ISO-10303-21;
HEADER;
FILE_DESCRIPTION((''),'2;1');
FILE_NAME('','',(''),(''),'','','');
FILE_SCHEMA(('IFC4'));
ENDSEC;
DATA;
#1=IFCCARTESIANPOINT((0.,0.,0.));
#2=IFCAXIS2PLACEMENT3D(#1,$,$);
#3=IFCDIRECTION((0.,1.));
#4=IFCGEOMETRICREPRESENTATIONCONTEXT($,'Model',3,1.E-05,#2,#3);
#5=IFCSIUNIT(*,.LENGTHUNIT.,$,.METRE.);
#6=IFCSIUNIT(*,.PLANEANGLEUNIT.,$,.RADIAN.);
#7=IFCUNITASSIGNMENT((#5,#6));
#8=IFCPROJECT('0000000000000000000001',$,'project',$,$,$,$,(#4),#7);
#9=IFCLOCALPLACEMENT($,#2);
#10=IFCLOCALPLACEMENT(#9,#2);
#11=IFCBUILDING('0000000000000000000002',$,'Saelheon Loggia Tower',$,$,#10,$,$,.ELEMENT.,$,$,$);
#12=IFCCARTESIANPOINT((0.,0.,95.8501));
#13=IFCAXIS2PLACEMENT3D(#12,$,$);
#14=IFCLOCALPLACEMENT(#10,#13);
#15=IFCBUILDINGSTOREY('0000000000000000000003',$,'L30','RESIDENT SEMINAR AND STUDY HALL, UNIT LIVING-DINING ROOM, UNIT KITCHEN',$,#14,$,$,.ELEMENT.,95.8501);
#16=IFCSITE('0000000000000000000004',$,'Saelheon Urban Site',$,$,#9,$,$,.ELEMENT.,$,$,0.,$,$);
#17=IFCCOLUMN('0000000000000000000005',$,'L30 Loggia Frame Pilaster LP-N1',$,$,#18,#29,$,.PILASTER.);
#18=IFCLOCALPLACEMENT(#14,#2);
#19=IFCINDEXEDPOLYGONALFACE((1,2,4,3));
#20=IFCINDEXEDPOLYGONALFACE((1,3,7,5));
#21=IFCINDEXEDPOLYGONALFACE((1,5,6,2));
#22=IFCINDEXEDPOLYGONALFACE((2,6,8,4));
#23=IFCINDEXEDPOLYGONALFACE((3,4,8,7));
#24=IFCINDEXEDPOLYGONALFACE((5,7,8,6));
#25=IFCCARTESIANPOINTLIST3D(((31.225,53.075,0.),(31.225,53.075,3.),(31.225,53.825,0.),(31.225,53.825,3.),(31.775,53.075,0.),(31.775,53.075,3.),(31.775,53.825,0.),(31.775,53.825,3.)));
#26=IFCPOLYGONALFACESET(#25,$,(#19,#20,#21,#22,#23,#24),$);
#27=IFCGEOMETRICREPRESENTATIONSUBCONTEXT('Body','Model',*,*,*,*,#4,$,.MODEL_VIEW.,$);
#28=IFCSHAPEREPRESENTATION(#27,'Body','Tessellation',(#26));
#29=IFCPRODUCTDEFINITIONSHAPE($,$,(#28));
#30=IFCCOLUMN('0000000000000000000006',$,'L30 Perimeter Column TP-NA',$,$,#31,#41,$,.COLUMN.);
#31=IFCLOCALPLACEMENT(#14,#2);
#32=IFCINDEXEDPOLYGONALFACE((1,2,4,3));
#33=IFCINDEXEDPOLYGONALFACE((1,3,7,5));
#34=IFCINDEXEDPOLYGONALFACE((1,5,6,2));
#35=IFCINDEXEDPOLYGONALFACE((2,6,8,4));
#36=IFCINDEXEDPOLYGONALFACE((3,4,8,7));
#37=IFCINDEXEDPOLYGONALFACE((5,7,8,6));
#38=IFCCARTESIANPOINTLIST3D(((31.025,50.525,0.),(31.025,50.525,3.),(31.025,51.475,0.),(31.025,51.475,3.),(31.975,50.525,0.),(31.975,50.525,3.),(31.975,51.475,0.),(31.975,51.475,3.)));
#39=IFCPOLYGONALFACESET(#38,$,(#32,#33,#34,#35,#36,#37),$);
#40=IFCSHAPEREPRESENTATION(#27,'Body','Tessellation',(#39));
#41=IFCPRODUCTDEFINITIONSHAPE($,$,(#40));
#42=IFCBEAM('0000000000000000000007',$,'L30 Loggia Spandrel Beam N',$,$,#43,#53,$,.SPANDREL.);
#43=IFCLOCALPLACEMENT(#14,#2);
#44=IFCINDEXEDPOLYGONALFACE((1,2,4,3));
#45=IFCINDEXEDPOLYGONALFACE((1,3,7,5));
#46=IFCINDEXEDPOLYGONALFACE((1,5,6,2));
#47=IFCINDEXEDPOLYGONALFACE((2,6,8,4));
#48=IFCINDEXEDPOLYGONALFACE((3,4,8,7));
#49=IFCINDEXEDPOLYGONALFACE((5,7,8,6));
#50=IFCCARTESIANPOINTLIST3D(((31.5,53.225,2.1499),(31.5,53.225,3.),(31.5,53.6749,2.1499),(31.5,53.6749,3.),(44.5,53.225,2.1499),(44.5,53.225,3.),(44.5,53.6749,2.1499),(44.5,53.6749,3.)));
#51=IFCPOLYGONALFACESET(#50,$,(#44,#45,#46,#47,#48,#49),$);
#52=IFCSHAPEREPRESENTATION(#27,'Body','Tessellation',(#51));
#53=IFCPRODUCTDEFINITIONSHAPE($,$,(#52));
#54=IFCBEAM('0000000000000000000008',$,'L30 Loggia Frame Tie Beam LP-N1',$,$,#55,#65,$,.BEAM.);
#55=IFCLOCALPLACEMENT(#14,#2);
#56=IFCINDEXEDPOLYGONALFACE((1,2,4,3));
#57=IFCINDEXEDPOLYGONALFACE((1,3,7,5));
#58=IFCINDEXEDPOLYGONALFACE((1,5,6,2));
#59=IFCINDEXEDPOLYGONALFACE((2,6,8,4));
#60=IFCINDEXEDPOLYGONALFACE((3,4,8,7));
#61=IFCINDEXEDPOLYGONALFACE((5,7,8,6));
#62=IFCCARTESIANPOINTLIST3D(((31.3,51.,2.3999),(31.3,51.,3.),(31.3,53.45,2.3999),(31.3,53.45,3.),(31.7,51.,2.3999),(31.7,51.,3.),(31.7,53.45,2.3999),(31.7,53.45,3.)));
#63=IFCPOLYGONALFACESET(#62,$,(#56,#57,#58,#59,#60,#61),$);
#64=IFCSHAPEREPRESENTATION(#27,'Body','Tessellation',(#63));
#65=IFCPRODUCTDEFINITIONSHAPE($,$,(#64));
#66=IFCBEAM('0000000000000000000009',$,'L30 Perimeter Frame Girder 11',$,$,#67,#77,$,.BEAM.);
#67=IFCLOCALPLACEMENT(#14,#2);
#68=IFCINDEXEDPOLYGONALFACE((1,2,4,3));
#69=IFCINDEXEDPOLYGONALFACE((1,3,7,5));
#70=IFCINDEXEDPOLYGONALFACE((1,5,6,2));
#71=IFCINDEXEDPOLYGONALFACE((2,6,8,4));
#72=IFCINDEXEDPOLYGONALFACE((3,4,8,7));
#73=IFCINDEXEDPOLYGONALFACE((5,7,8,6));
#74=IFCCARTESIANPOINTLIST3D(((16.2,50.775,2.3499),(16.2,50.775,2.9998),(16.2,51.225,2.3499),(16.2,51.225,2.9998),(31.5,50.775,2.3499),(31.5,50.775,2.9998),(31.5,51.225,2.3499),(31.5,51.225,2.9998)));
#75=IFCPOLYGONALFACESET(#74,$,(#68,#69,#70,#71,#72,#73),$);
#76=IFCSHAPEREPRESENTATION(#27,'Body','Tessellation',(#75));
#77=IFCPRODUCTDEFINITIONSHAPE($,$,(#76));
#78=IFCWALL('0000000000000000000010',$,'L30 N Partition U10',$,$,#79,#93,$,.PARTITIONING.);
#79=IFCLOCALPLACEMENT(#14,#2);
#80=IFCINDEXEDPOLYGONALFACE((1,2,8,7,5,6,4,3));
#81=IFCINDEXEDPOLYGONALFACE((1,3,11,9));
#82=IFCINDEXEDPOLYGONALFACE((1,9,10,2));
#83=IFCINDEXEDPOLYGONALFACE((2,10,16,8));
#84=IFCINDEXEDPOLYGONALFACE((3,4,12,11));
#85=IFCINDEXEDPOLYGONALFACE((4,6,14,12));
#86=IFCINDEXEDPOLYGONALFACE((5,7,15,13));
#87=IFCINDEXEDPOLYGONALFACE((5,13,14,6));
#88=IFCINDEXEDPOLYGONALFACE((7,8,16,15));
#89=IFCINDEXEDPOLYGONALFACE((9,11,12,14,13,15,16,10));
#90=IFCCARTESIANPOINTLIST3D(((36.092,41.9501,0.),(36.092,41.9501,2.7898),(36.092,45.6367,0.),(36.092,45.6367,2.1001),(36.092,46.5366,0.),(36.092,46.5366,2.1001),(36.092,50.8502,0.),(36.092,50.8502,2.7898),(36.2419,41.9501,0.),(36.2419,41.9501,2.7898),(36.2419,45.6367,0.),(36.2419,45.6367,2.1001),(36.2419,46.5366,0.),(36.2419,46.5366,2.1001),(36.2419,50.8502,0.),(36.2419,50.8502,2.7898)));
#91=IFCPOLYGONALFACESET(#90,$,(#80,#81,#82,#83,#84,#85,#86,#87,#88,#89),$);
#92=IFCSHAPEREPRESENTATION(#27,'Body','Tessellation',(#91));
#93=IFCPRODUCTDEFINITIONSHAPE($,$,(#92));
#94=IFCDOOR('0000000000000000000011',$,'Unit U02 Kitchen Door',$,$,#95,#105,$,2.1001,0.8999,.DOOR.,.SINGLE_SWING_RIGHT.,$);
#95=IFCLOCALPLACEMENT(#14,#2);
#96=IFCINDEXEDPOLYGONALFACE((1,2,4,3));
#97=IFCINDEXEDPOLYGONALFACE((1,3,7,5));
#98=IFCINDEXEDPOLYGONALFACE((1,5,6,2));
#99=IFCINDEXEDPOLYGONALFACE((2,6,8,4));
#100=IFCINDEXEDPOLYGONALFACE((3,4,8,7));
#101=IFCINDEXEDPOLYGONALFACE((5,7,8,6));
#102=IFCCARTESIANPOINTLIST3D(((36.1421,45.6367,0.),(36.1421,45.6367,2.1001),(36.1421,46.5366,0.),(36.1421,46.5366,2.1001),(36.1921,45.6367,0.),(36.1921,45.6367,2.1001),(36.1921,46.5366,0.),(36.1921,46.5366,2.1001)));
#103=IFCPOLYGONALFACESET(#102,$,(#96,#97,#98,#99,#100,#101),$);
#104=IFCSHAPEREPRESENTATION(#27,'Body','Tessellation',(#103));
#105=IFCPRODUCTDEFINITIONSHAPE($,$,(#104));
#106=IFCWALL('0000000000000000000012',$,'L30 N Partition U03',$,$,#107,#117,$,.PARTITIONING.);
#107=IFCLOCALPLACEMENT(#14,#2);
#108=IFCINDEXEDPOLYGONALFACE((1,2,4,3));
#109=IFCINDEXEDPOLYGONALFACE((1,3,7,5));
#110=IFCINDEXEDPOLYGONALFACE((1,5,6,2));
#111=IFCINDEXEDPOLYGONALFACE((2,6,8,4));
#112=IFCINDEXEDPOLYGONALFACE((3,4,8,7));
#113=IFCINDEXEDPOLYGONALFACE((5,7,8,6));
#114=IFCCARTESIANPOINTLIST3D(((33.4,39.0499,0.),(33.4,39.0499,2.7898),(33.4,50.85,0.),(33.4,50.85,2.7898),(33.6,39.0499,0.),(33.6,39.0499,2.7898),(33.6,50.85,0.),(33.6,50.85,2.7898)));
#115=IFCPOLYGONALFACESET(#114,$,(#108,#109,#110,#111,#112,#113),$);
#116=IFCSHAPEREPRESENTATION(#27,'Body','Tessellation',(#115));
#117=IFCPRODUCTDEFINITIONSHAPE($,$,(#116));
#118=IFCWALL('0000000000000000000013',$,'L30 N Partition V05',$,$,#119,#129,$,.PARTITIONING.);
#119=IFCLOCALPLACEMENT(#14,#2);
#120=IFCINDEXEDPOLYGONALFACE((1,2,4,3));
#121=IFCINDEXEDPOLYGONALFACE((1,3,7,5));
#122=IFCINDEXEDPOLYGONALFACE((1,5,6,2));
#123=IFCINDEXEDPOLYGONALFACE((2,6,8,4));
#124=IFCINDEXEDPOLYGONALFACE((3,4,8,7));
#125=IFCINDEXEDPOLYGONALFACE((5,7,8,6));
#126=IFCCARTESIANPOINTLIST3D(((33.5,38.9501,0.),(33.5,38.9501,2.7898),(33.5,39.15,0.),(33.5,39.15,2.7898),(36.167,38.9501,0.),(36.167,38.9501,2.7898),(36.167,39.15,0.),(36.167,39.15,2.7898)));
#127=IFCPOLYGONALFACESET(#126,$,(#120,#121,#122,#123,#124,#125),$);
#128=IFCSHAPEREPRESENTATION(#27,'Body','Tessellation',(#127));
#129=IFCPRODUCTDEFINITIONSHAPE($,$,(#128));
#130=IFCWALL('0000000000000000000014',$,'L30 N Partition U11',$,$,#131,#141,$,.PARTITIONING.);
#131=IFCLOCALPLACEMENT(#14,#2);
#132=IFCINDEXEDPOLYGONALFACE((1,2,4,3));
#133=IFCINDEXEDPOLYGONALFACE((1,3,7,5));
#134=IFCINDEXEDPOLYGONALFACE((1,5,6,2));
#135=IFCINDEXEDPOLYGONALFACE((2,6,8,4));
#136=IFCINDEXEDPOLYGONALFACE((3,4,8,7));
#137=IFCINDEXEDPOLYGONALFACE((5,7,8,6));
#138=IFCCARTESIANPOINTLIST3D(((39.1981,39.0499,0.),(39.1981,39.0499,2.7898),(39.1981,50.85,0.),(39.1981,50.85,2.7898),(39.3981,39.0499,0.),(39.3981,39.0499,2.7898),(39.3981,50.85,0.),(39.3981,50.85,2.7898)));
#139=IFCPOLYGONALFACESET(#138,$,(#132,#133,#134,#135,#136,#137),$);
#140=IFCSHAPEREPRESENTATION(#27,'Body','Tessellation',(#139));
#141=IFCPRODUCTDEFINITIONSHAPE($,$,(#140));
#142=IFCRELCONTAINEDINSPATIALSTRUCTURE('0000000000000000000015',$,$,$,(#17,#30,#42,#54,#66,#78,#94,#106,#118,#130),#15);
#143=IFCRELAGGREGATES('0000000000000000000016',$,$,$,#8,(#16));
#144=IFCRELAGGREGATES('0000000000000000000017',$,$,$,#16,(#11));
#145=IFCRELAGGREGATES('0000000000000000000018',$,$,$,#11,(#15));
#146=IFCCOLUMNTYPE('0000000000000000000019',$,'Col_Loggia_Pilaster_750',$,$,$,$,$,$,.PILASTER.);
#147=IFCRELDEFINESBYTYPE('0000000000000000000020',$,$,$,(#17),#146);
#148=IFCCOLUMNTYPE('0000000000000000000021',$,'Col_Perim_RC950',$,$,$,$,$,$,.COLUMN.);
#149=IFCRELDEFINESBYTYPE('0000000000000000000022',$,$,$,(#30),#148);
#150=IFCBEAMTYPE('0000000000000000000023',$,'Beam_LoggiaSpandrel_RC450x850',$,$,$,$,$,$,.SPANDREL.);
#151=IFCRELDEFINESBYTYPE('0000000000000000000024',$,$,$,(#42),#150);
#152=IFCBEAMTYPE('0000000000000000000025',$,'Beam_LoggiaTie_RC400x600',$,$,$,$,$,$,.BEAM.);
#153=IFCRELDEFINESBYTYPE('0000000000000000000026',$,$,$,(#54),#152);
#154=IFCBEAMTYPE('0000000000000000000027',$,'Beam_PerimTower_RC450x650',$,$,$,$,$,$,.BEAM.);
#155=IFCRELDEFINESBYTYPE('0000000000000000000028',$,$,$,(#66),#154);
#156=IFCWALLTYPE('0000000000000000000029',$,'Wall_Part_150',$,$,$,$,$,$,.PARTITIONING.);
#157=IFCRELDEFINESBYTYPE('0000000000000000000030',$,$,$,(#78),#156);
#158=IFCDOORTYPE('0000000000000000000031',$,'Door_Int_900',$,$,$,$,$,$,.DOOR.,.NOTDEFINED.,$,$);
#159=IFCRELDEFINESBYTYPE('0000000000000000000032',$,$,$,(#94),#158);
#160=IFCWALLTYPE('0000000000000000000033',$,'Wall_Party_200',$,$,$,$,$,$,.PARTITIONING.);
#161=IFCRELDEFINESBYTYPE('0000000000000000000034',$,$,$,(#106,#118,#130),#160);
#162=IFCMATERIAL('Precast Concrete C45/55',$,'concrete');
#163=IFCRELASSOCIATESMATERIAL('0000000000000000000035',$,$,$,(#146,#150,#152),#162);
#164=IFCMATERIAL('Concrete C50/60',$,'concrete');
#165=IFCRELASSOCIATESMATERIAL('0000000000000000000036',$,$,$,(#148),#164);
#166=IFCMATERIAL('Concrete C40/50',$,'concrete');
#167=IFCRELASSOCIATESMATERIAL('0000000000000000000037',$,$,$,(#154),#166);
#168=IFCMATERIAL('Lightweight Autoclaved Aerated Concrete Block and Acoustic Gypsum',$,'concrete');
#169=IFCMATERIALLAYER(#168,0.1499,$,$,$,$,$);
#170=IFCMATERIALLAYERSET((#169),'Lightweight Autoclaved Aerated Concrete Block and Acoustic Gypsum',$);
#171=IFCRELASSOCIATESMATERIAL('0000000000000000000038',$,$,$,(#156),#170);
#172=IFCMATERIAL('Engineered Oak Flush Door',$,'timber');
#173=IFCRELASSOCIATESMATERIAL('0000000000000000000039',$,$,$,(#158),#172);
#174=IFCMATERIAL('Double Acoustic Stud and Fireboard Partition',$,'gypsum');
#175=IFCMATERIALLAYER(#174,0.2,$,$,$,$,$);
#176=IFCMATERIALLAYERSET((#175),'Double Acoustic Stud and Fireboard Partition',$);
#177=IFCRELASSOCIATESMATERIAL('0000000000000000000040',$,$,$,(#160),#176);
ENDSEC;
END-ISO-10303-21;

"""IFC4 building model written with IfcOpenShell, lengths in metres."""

from ifc_helpers import new_model, si_unit, direction, frame, frame_2d, origin, origin_2d, place, context, subcontext, project, spatial, rectangle, extrude, source, transform, mapped, material, layer, layer_set, material_profile, profile_set, type_object, element, fill, save


model = new_model("IFC4")

# Units and contexts
model_context = context("Model", 3, precision=1e-05, world=origin(), true_north=direction((0.0, 1.0)))
body_context = subcontext(model_context, "Body", "Model", "MODEL_VIEW")
ifc_project = project(units=[si_unit("LENGTHUNIT", "METRE"), si_unit("PLANEANGLEUNIT", "RADIAN")], contexts=[model_context])

# Site, building, storey
site_placement = place(None, origin())
site = spatial("IfcSite", under=ifc_project, at=site_placement, Name="Saelheon Urban Site", CompositionType="ELEMENT", RefElevation=0.0)
building_placement = place(site_placement, origin())
building = spatial("IfcBuilding", under=site, at=building_placement, Name="Saelheon Loggia Tower", CompositionType="ELEMENT")
storey_placement = place(building_placement, frame((0.0, 0.0, 95.8501)))
storey = spatial("IfcBuildingStorey", under=building, at=storey_placement, Name="L30", Description="RESIDENT SEMINAR AND STUDY HALL, UNIT LIVING-DINING ROOM, UNIT KITCHEN", CompositionType="ELEMENT", Elevation=95.8501)

# Columns
ifc_material_1 = material(Name="Precast Concrete C45/55", Category="concrete")
ifc_material_profile_1 = material_profile(ifc_material_1, rectangle(XDim=0.55, YDim=0.75, at=origin_2d()), Name="RC-550x750")
ifc_profile_set_1 = profile_set([ifc_material_profile_1], Name="Precast Concrete C45/55")
column_type_1 = type_object("IfcColumnType", Name="Col_Loggia_Pilaster_750", PredefinedType="PILASTER", material=ifc_profile_set_1)
shared_shape_1 = source(origin(), body_context, "Body", "SweptSolid", [
    extrude(rectangle(XDim=0.55, YDim=0.75, at=origin_2d()), origin(), (0.0, 0.0, 1.0), 3.0),
])
column_1_placement = place(storey_placement, frame((31.5, 53.45, 0.0), z_axis=(0.0, 0.0, 1.0), x_axis=(1.0, 0.0, 0.0)))
element("IfcColumn", 1, at=column_1_placement, inside=storey, type_object=column_type_1, Name="L30 Loggia Frame Pilaster LP-N1", PredefinedType="PILASTER", context=body_context, shape_type="MappedRepresentation", body=[
    mapped(shared_shape_1, transform((0.0, 0.0, 0.0), scale=1.0)),
])
ifc_material_2 = material(Name="Concrete C50/60", Category="concrete")
ifc_material_profile_2 = material_profile(ifc_material_2, rectangle(XDim=0.95, YDim=0.95, at=origin_2d()), Name="RC-950x950")
ifc_profile_set_2 = profile_set([ifc_material_profile_2], Name="Concrete C50/60")
column_type_2 = type_object("IfcColumnType", Name="Col_Perim_RC950", PredefinedType="COLUMN", material=ifc_profile_set_2)
shared_shape_2 = source(origin(), body_context, "Body", "SweptSolid", [
    extrude(rectangle(XDim=0.95, YDim=0.95, at=origin_2d()), origin(), (0.0, 0.0, 1.0), 3.0),
])
column_2_placement = place(storey_placement, frame((31.5, 51.0, 0.0), z_axis=(0.0, 0.0, 1.0), x_axis=(1.0, 0.0, 0.0)))
element("IfcColumn", 2, at=column_2_placement, inside=storey, type_object=column_type_2, Name="L30 Perimeter Column TP-NA", PredefinedType="COLUMN", context=body_context, shape_type="MappedRepresentation", body=[
    mapped(shared_shape_2, transform((0.0, 0.0, 0.0), scale=1.0)),
])

# Beams
ifc_material_profile_3 = material_profile(ifc_material_1, rectangle(XDim=0.45, YDim=0.8501, at=origin_2d()), Name="RC-450x850")
ifc_profile_set_3 = profile_set([ifc_material_profile_3], Name="Precast Concrete C45/55")
beam_type_1 = type_object("IfcBeamType", Name="Beam_LoggiaSpandrel_RC450x850", PredefinedType="SPANDREL", material=ifc_profile_set_3)
shared_shape_3 = source(origin(), body_context, "Body", "SweptSolid", [
    extrude(rectangle(XDim=0.45, YDim=0.8501, at=origin_2d()), origin(), (0.0, 0.0, 1.0), 13.0),
])
beam_1_placement = place(storey_placement, frame((31.5, 53.45, 2.575), z_axis=(1.0, 0.0, 0.0), x_axis=(0.0, 1.0, 0.0)))
element("IfcBeam", 3, at=beam_1_placement, inside=storey, type_object=beam_type_1, Name="L30 Loggia Spandrel Beam N", PredefinedType="SPANDREL", context=body_context, shape_type="MappedRepresentation", body=[
    mapped(shared_shape_3, transform((0.0, 0.0, 0.0), scale=1.0)),
])
ifc_material_profile_4 = material_profile(ifc_material_1, rectangle(XDim=0.3999, YDim=0.6001, at=origin_2d()), Name="RC-400x600")
ifc_profile_set_4 = profile_set([ifc_material_profile_4], Name="Precast Concrete C45/55")
beam_type_2 = type_object("IfcBeamType", Name="Beam_LoggiaTie_RC400x600", PredefinedType="BEAM", material=ifc_profile_set_4)
shared_shape_4 = source(origin(), body_context, "Body", "SweptSolid", [
    extrude(rectangle(XDim=0.3999, YDim=0.6001, at=origin_2d()), origin(), (0.0, 0.0, 1.0), 2.45),
])
beam_2_placement = place(storey_placement, frame((31.5, 51.0, 2.7), z_axis=(0.0, 1.0, 0.0), x_axis=(-1.0, 0.0, 0.0)))
element("IfcBeam", 4, at=beam_2_placement, inside=storey, type_object=beam_type_2, Name="L30 Loggia Frame Tie Beam LP-N1", PredefinedType="BEAM", context=body_context, shape_type="MappedRepresentation", body=[
    mapped(shared_shape_4, transform((0.0, 0.0, 0.0), scale=1.0)),
])
ifc_material_3 = material(Name="Concrete C40/50", Category="concrete")
ifc_material_profile_5 = material_profile(ifc_material_3, rectangle(XDim=0.45, YDim=0.6499, at=origin_2d()), Name="RC-450x650")
ifc_profile_set_5 = profile_set([ifc_material_profile_5], Name="Concrete C40/50")
beam_type_3 = type_object("IfcBeamType", Name="Beam_PerimTower_RC450x650", PredefinedType="BEAM", material=ifc_profile_set_5)
shared_shape_5 = source(origin(), body_context, "Body", "SweptSolid", [
    extrude(rectangle(XDim=0.45, YDim=0.6499, at=origin_2d()), origin(), (0.0, 0.0, 1.0), 15.3),
])
beam_3_placement = place(storey_placement, frame((31.5, 51.0, 2.6748), z_axis=(-1.0, 0.0, 0.0), x_axis=(0.0, -1.0, 0.0)))
element("IfcBeam", 5, at=beam_3_placement, inside=storey, type_object=beam_type_3, Name="L30 Perimeter Frame Girder 11", PredefinedType="BEAM", context=body_context, shape_type="MappedRepresentation", body=[
    mapped(shared_shape_5, transform((0.0, 0.0, 0.0), scale=1.0)),
])

# Wall, opening, door
ifc_material_4 = material(Name="Lightweight Autoclaved Aerated Concrete Block and Acoustic Gypsum", Category="concrete")
ifc_layer_1 = layer(ifc_material_4, 0.1499)
ifc_layer_set_1 = layer_set([ifc_layer_1], Name="Lightweight Autoclaved Aerated Concrete Block and Acoustic Gypsum")
wall_type_1 = type_object("IfcWallType", Name="Wall_Part_150", PredefinedType="PARTITIONING", material=ifc_layer_set_1)
wall_1_placement = place(storey_placement, frame((36.167, 41.95, 0.0), z_axis=(0.0, 0.0, 1.0), x_axis=(0.0, 1.0, 0.0)))
wall_1 = element("IfcWall", 6, at=wall_1_placement, inside=storey, type_object=wall_type_1, Name="L30 N Partition U10", PredefinedType="PARTITIONING", context=body_context, shape_type="SweptSolid", body=[
    extrude(rectangle(XDim=8.9001, YDim=0.1499, at=frame_2d((4.4502, 0.0))), origin(), (0.0, 0.0, 1.0), 2.7898),
])
opening_1_placement = place(wall_1_placement, frame((3.6868, 0.0, 0.0)))
opening_1 = element("IfcOpeningElement", 7, at=opening_1_placement, cuts=wall_1, PredefinedType="OPENING", context=body_context, shape_type="SweptSolid", body=[
    extrude(rectangle(XDim=0.8999, YDim=2.1001, at=frame_2d((0.45, 1.05))), frame((0.0, 0.0869, 0.0), z_axis=(0.0, -1.0, 0.0), x_axis=(1.0, 0.0, 0.0)), (0.0, 0.0, 1.0), 0.1738),
])
ifc_material_5 = material(Name="Engineered Oak Flush Door", Category="timber")
door_type_1 = type_object("IfcDoorType", Name="Door_Int_900", OperationType="NOTDEFINED", PredefinedType="DOOR", material=ifc_material_5)
shared_shape_6 = source(origin(), body_context, "Body", "SweptSolid", [
    extrude(rectangle(XDim=0.8999, YDim=2.1001, at=frame_2d((0.45, 1.05))), frame((0.0, 0.0249, 0.0), z_axis=(0.0, -1.0, 0.0), x_axis=(1.0, 0.0, 0.0)), (0.0, 0.0, 1.0), 0.05),
])
door_1_placement = place(opening_1_placement, origin())
door_1 = element("IfcDoor", 8, at=door_1_placement, inside=storey, type_object=door_type_1, Name="Unit U02 Kitchen Door", OperationType="SINGLE_SWING_RIGHT", OverallHeight=2.1001, OverallWidth=0.8999, PredefinedType="DOOR", context=body_context, shape_type="MappedRepresentation", body=[
    mapped(shared_shape_6, transform((0.0, 0.0, 0.0), scale=1.0)),
])
fill(opening_1, door_1)

# Walls
ifc_material_6 = material(Name="Double Acoustic Stud and Fireboard Partition", Category="gypsum")
ifc_layer_2 = layer(ifc_material_6, 0.2)
ifc_layer_set_2 = layer_set([ifc_layer_2], Name="Double Acoustic Stud and Fireboard Partition")
wall_type_2 = type_object("IfcWallType", Name="Wall_Party_200", PredefinedType="PARTITIONING", material=ifc_layer_set_2)
wall_2_placement = place(storey_placement, frame((33.5, 39.05, 0.0), z_axis=(0.0, 0.0, 1.0), x_axis=(0.0, 1.0, 0.0)))
element("IfcWall", 9, at=wall_2_placement, inside=storey, type_object=wall_type_2, Name="L30 N Partition U03", PredefinedType="PARTITIONING", context=body_context, shape_type="SweptSolid", body=[
    extrude(rectangle(XDim=11.8, YDim=0.2, at=frame_2d((5.8999, 0.0))), origin(), (0.0, 0.0, 1.0), 2.7898),
])
wall_3_placement = place(storey_placement, frame((33.5, 39.05, 0.0), z_axis=(0.0, 0.0, 1.0), x_axis=(1.0, 0.0, 0.0)))
element("IfcWall", 10, at=wall_3_placement, inside=storey, type_object=wall_type_2, Name="L30 N Partition V05", PredefinedType="PARTITIONING", context=body_context, shape_type="SweptSolid", body=[
    extrude(rectangle(XDim=2.667, YDim=0.2, at=frame_2d((1.3335, 0.0))), origin(), (0.0, 0.0, 1.0), 2.7898),
])

# Wall
wall_4_placement = place(storey_placement, frame((39.2981, 39.05, 0.0), z_axis=(0.0, 0.0, 1.0), x_axis=(0.0, 1.0, 0.0)))
element("IfcWall", 11, at=wall_4_placement, inside=storey, type_object=wall_type_2, Name="L30 N Partition U11", PredefinedType="PARTITIONING", context=body_context, shape_type="SweptSolid", body=[
    extrude(rectangle(XDim=11.8, YDim=0.2, at=frame_2d((5.8999, 0.0))), origin(), (0.0, 0.0, 1.0), 2.7898),
])

save(model, "model.ifc")
